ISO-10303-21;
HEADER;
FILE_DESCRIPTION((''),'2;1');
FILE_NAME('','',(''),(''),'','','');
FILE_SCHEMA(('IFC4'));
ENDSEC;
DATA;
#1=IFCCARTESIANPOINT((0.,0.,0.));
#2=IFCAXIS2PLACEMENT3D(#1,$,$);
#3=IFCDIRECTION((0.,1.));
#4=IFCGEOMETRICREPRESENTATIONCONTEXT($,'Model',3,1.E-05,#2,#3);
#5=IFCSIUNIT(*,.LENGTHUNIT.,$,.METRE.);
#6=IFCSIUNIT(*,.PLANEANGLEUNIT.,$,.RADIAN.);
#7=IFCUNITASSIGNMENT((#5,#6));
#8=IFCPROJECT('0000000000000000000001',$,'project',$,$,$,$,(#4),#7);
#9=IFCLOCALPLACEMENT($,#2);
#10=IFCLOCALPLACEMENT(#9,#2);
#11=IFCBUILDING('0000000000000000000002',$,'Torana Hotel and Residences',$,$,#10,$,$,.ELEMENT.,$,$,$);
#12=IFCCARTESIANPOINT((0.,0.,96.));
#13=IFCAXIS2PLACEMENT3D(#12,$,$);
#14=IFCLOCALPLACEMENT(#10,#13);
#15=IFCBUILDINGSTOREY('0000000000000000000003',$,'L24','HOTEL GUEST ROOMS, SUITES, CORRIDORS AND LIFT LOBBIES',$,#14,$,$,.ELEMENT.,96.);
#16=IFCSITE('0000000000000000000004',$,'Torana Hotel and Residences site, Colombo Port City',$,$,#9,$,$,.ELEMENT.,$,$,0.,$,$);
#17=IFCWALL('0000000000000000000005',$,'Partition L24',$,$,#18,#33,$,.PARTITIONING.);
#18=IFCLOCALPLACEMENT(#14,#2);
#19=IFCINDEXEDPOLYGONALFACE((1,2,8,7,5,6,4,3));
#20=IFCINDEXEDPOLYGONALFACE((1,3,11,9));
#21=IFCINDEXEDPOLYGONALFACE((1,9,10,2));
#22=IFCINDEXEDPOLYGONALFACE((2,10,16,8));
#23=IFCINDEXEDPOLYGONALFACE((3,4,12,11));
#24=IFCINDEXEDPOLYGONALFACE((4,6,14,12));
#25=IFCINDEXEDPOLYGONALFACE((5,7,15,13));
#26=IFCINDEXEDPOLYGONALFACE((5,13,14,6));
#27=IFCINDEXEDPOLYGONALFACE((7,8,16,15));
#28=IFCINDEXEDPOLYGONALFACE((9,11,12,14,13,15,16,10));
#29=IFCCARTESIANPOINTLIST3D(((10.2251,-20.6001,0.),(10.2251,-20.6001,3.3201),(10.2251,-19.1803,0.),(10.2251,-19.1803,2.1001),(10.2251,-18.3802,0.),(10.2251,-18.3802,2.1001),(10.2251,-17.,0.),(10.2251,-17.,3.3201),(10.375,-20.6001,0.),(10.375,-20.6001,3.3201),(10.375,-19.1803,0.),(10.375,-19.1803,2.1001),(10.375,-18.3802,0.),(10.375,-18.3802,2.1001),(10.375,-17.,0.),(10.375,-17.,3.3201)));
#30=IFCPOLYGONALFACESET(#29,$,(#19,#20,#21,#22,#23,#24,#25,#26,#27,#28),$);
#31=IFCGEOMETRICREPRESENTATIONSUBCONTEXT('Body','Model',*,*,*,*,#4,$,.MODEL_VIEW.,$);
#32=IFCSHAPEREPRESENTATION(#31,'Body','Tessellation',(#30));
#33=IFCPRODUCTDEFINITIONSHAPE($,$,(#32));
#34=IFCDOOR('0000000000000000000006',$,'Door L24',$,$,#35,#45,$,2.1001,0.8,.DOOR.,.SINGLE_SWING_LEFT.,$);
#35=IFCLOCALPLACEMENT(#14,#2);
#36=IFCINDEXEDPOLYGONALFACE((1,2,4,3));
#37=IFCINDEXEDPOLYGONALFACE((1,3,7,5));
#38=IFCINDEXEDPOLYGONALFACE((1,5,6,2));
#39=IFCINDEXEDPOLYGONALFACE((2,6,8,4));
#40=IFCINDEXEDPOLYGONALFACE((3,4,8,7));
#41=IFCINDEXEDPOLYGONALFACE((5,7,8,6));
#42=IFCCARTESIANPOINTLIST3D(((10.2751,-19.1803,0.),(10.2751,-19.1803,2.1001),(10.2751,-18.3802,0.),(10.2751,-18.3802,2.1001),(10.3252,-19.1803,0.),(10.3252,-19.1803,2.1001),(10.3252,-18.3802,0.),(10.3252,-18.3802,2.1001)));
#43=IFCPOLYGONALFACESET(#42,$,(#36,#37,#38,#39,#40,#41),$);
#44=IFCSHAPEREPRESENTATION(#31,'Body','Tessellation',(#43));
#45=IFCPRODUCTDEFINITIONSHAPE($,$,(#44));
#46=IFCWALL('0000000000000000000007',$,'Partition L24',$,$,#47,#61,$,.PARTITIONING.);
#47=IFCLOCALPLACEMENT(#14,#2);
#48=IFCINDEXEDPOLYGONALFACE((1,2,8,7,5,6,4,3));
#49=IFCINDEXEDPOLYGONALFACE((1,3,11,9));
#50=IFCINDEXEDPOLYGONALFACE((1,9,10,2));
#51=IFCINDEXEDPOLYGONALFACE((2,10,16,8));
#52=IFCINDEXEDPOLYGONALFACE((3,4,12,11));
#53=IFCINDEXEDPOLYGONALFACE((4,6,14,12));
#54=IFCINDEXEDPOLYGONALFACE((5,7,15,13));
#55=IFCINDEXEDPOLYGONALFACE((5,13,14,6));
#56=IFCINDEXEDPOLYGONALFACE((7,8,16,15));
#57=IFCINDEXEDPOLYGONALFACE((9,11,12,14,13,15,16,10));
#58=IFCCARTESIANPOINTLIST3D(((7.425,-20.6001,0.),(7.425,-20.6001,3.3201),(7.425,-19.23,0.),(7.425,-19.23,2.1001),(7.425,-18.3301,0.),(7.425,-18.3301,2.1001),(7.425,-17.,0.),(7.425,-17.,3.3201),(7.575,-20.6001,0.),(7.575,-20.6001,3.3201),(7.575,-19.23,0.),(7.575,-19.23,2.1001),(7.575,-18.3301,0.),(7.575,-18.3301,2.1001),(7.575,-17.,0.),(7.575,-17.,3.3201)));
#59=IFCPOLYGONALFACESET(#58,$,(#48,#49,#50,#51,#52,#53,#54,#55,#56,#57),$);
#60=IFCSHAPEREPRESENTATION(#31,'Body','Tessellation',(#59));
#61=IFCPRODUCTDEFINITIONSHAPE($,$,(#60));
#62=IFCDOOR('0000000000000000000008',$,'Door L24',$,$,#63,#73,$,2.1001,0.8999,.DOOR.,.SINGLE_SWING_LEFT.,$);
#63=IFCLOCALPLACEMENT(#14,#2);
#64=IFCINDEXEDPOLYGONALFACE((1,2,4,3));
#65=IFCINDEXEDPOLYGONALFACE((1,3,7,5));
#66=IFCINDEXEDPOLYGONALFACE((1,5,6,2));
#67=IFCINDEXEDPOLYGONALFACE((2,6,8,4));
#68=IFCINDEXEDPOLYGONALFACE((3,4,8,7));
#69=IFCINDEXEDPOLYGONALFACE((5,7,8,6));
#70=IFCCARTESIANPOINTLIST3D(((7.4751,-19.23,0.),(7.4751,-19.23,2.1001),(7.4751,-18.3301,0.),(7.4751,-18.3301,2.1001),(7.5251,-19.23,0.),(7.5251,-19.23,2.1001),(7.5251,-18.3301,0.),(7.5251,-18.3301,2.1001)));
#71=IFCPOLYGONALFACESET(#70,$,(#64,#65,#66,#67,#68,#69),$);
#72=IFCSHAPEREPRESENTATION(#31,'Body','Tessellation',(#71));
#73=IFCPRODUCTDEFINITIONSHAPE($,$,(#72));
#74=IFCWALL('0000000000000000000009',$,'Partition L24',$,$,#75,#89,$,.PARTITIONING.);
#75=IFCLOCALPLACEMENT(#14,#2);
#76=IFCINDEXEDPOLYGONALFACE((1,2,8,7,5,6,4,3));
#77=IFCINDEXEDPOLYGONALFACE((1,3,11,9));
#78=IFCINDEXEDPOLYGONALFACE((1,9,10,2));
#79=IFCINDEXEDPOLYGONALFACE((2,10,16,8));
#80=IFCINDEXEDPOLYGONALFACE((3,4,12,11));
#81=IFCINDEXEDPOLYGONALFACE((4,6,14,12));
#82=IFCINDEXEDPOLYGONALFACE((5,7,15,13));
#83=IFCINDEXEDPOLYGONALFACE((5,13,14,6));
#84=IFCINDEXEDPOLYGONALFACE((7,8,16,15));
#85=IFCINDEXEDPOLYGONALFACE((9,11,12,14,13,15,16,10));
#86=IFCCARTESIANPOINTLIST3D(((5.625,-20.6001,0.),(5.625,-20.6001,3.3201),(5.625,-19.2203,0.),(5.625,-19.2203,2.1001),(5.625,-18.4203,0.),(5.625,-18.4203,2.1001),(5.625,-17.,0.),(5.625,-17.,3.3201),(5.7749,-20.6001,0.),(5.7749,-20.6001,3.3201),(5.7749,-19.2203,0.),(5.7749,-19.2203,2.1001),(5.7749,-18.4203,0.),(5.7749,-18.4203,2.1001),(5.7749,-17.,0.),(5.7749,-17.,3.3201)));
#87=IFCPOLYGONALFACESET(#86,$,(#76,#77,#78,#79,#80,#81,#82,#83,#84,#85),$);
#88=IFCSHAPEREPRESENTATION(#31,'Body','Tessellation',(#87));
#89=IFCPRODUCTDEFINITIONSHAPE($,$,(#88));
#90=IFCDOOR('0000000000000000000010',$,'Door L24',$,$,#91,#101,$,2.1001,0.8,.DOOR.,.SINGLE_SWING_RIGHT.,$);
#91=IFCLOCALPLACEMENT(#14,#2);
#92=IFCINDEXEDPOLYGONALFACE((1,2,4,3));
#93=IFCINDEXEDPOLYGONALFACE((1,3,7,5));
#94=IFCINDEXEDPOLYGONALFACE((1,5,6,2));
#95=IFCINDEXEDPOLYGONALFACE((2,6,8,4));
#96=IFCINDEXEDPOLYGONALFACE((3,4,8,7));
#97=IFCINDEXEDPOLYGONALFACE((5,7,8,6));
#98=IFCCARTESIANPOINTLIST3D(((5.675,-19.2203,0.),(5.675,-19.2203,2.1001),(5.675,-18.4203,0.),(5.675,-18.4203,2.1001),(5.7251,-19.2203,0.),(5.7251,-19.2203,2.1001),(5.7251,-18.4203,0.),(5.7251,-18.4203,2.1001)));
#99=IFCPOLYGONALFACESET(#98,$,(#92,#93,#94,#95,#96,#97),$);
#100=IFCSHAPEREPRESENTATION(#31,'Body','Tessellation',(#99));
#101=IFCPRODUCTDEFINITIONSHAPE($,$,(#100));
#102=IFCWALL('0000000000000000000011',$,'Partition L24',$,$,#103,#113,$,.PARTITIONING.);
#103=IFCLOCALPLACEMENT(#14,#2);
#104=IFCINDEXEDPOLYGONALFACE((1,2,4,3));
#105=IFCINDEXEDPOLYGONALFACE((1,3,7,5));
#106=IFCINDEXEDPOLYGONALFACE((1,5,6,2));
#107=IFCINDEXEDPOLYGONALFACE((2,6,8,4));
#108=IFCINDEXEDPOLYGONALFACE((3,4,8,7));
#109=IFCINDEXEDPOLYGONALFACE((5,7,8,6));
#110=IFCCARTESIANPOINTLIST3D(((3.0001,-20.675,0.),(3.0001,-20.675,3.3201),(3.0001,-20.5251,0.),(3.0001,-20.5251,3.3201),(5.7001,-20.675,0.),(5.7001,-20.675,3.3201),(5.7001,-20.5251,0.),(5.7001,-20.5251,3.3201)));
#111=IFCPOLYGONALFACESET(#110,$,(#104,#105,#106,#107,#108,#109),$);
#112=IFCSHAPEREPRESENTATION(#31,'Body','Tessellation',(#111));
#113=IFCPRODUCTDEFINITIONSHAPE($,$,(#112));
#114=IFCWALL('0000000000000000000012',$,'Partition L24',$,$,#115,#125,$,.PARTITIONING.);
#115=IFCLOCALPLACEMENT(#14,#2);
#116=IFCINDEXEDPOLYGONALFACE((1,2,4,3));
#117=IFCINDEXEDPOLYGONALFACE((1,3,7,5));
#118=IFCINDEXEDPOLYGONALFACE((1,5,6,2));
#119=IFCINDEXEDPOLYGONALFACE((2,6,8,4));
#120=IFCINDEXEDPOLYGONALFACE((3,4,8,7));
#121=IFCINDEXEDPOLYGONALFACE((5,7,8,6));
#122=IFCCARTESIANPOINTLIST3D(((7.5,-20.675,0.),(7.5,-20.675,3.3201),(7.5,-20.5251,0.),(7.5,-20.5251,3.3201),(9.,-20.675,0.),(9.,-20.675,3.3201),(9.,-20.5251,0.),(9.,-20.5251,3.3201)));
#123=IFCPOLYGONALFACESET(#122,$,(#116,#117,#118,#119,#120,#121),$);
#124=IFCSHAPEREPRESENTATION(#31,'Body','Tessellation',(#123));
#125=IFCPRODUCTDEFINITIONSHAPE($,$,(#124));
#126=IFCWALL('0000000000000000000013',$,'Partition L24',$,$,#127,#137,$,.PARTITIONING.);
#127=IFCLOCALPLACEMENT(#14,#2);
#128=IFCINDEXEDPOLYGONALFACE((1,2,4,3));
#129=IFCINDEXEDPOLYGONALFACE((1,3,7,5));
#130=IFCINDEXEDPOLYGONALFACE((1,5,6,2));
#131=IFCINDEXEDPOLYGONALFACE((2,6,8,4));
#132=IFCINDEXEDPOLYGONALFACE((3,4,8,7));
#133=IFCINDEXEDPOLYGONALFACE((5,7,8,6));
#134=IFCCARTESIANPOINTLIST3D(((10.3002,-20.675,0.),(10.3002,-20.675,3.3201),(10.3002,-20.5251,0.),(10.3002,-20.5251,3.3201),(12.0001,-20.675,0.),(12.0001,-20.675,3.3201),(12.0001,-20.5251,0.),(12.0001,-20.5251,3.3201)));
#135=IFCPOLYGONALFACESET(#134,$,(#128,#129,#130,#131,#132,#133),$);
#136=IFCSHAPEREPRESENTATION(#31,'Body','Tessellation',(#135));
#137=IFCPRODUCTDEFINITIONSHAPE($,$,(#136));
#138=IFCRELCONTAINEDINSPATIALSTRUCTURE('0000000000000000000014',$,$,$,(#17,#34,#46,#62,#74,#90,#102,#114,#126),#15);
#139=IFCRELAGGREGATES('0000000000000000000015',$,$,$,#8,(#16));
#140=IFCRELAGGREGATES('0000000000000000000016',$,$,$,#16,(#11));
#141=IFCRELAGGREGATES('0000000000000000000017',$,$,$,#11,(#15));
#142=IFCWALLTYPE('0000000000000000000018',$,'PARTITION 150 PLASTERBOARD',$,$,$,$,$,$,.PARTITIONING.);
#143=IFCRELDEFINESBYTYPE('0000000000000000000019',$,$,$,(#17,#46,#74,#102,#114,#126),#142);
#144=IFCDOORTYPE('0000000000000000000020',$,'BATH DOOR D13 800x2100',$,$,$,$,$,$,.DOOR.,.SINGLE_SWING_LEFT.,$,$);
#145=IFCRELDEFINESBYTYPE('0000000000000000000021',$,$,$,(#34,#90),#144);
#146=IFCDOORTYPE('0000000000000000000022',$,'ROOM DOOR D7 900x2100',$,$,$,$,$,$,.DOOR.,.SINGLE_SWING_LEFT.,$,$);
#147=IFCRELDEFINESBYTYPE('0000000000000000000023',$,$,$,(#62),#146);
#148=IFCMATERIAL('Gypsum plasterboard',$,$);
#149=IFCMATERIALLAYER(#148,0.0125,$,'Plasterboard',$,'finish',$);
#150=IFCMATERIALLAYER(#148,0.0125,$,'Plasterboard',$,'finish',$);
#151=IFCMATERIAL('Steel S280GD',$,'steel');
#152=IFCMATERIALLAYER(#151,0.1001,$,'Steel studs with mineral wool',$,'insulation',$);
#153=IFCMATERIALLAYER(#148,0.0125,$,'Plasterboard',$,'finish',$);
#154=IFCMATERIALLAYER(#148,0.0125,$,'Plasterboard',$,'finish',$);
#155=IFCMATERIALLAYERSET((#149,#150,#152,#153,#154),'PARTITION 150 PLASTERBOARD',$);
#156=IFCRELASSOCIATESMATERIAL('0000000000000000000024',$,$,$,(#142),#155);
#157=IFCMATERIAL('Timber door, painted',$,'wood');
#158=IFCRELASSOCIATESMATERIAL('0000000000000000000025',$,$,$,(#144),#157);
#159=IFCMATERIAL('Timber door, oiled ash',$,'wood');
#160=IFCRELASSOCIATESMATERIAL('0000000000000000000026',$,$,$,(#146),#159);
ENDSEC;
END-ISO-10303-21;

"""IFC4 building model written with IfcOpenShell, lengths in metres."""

from ifc_helpers import new_model, si_unit, direction, frame, frame_2d, origin, place, context, subcontext, project, spatial, rectangle, extrude, material, layer, layer_set, type_object, element, fill, save


model = new_model("IFC4")

# Units and contexts
model_context = context("Model", 3, precision=1e-05, world=origin(), true_north=direction((0.0, 1.0)))
body_context = subcontext(model_context, "Body", "Model", "MODEL_VIEW")
ifc_project = project(units=[si_unit("LENGTHUNIT", "METRE"), si_unit("PLANEANGLEUNIT", "RADIAN")], contexts=[model_context])

# Site, building, storey
site_placement = place(None, origin())
site = spatial("IfcSite", under=ifc_project, at=site_placement, Name="Torana Hotel and Residences site, Colombo Port City", CompositionType="ELEMENT", RefElevation=0.0)
building_placement = place(site_placement, origin())
building = spatial("IfcBuilding", under=site, at=building_placement, Name="Torana Hotel and Residences", CompositionType="ELEMENT")
storey_placement = place(building_placement, frame((0.0, 0.0, 96.0)))
storey = spatial("IfcBuildingStorey", under=building, at=storey_placement, Name="L24", Description="HOTEL GUEST ROOMS, SUITES, CORRIDORS AND LIFT LOBBIES", CompositionType="ELEMENT", Elevation=96.0)

# Walls, openings, doors
ifc_material_1 = material(Name="Gypsum plasterboard")
ifc_layer_1 = layer(ifc_material_1, 0.0125, Name="Plasterboard", Category="finish")
ifc_layer_2 = layer(ifc_material_1, 0.0125, Name="Plasterboard", Category="finish")
ifc_material_2 = material(Name="Steel S280GD", Category="steel")
ifc_layer_3 = layer(ifc_material_2, 0.1001, Name="Steel studs with mineral wool", Category="insulation")
ifc_layer_4 = layer(ifc_material_1, 0.0125, Name="Plasterboard", Category="finish")
ifc_layer_5 = layer(ifc_material_1, 0.0125, Name="Plasterboard", Category="finish")
ifc_layer_set_1 = layer_set([ifc_layer_1, ifc_layer_2, ifc_layer_3, ifc_layer_4, ifc_layer_5], Name="PARTITION 150 PLASTERBOARD")
wall_type_1 = type_object("IfcWallType", Name="PARTITION 150 PLASTERBOARD", PredefinedType="PARTITIONING", material=ifc_layer_set_1)
wall_1_placement = place(storey_placement, frame((10.3, -20.6001, 0.0), z_axis=(0.0, 0.0, 1.0), x_axis=(0.0, 1.0, 0.0)))
wall_1 = element("IfcWall", 1, at=wall_1_placement, inside=storey, type_object=wall_type_1, Name="Partition L24", PredefinedType="PARTITIONING", context=body_context, shape_type="SweptSolid", body=[
    extrude(rectangle(XDim=3.6001, YDim=0.1499, at=frame_2d((1.8, 0.0))), origin(), (0.0, 0.0, 1.0), 3.3201),
])
opening_1_placement = place(wall_1_placement, frame((1.4199, 0.0, 0.0)))
opening_1 = element("IfcOpeningElement", 2, at=opening_1_placement, cuts=wall_1, PredefinedType="OPENING", context=body_context, shape_type="SweptSolid", body=[
    extrude(rectangle(XDim=0.8, YDim=2.1001, at=frame_2d((0.3999, 1.05))), frame((0.0, 0.085, 0.0), z_axis=(0.0, -1.0, 0.0), x_axis=(1.0, 0.0, 0.0)), (0.0, 0.0, 1.0), 0.1699),
])
ifc_material_3 = material(Name="Timber door, painted", Category="wood")
door_type_1 = type_object("IfcDoorType", Name="BATH DOOR D13 800x2100", OperationType="SINGLE_SWING_LEFT", PredefinedType="DOOR", material=ifc_material_3)
door_1_placement = place(opening_1_placement, origin())
door_1 = element("IfcDoor", 3, at=door_1_placement, inside=storey, type_object=door_type_1, Name="Door L24", OperationType="SINGLE_SWING_LEFT", OverallHeight=2.1001, OverallWidth=0.8, PredefinedType="DOOR", context=body_context, shape_type="SweptSolid", body=[
    extrude(rectangle(XDim=0.8, YDim=2.1001, at=frame_2d((0.3999, 1.05))), frame((0.0, 0.0249, 0.0), z_axis=(0.0, -1.0, 0.0), x_axis=(1.0, 0.0, 0.0)), (0.0, 0.0, 1.0), 0.05),
])
fill(opening_1, door_1)
wall_2_placement = place(storey_placement, frame((7.5, -20.6001, 0.0), z_axis=(0.0, 0.0, 1.0), x_axis=(0.0, 1.0, 0.0)))
wall_2 = element("IfcWall", 4, at=wall_2_placement, inside=storey, type_object=wall_type_1, Name="Partition L24", PredefinedType="PARTITIONING", context=body_context, shape_type="SweptSolid", body=[
    extrude(rectangle(XDim=3.6001, YDim=0.1499, at=frame_2d((1.8, 0.0))), origin(), (0.0, 0.0, 1.0), 3.3201),
])
opening_2_placement = place(wall_2_placement, frame((1.3701, 0.0, 0.0)))
opening_2 = element("IfcOpeningElement", 5, at=opening_2_placement, cuts=wall_2, PredefinedType="OPENING", context=body_context, shape_type="SweptSolid", body=[
    extrude(rectangle(XDim=0.8999, YDim=2.1001, at=frame_2d((0.45, 1.05))), frame((0.0, 0.085, 0.0), z_axis=(0.0, -1.0, 0.0), x_axis=(1.0, 0.0, 0.0)), (0.0, 0.0, 1.0), 0.1699),
])
ifc_material_4 = material(Name="Timber door, oiled ash", Category="wood")
door_type_2 = type_object("IfcDoorType", Name="ROOM DOOR D7 900x2100", OperationType="SINGLE_SWING_LEFT", PredefinedType="DOOR", material=ifc_material_4)
door_2_placement = place(opening_2_placement, origin())
door_2 = element("IfcDoor", 6, at=door_2_placement, inside=storey, type_object=door_type_2, Name="Door L24", OperationType="SINGLE_SWING_LEFT", OverallHeight=2.1001, OverallWidth=0.8999, PredefinedType="DOOR", context=body_context, shape_type="SweptSolid", body=[
    extrude(rectangle(XDim=0.8999, YDim=2.1001, at=frame_2d((0.45, 1.05))), frame((0.0, 0.0249, 0.0), z_axis=(0.0, -1.0, 0.0), x_axis=(1.0, 0.0, 0.0)), (0.0, 0.0, 1.0), 0.05),
])
fill(opening_2, door_2)
wall_3_placement = place(storey_placement, frame((5.7, -20.6001, 0.0), z_axis=(0.0, 0.0, 1.0), x_axis=(0.0, 1.0, 0.0)))
wall_3 = element("IfcWall", 7, at=wall_3_placement, inside=storey, type_object=wall_type_1, Name="Partition L24", PredefinedType="PARTITIONING", context=body_context, shape_type="SweptSolid", body=[
    extrude(rectangle(XDim=3.6001, YDim=0.1499, at=frame_2d((1.8, 0.0))), origin(), (0.0, 0.0, 1.0), 3.3201),
])
opening_3_placement = place(wall_3_placement, frame((1.3799, 0.0, 0.0)))
opening_3 = element("IfcOpeningElement", 8, at=opening_3_placement, cuts=wall_3, PredefinedType="OPENING", context=body_context, shape_type="SweptSolid", body=[
    extrude(rectangle(XDim=0.8, YDim=2.1001, at=frame_2d((0.3999, 1.05))), frame((0.0, 0.085, 0.0), z_axis=(0.0, -1.0, 0.0), x_axis=(1.0, 0.0, 0.0)), (0.0, 0.0, 1.0), 0.1699),
])
door_3_placement = place(opening_3_placement, origin())
door_3 = element("IfcDoor", 9, at=door_3_placement, inside=storey, type_object=door_type_1, Name="Door L24", OperationType="SINGLE_SWING_RIGHT", OverallHeight=2.1001, OverallWidth=0.8, PredefinedType="DOOR", context=body_context, shape_type="SweptSolid", body=[
    extrude(rectangle(XDim=0.8, YDim=2.1001, at=frame_2d((0.3999, 1.05))), frame((0.0, 0.0249, 0.0), z_axis=(0.0, -1.0, 0.0), x_axis=(1.0, 0.0, 0.0)), (0.0, 0.0, 1.0), 0.05),
])
fill(opening_3, door_3)

# Walls
wall_4_placement = place(storey_placement, frame((3.0, -20.6001, 0.0), z_axis=(0.0, 0.0, 1.0), x_axis=(1.0, 0.0, 0.0)))
element("IfcWall", 10, at=wall_4_placement, inside=storey, type_object=wall_type_1, Name="Partition L24", PredefinedType="PARTITIONING", context=body_context, shape_type="SweptSolid", body=[
    extrude(rectangle(XDim=2.7, YDim=0.1499, at=frame_2d((1.3501, 0.0))), origin(), (0.0, 0.0, 1.0), 3.3201),
])
wall_5_placement = place(storey_placement, frame((7.5, -20.6001, 0.0), z_axis=(0.0, 0.0, 1.0), x_axis=(1.0, 0.0, 0.0)))
element("IfcWall", 11, at=wall_5_placement, inside=storey, type_object=wall_type_1, Name="Partition L24", PredefinedType="PARTITIONING", context=body_context, shape_type="SweptSolid", body=[
    extrude(rectangle(XDim=1.5, YDim=0.1499, at=frame_2d((0.75, 0.0))), origin(), (0.0, 0.0, 1.0), 3.3201),
])
wall_6_placement = place(storey_placement, frame((10.3, -20.6001, 0.0), z_axis=(0.0, 0.0, 1.0), x_axis=(1.0, 0.0, 0.0)))
element("IfcWall", 12, at=wall_6_placement, inside=storey, type_object=wall_type_1, Name="Partition L24", PredefinedType="PARTITIONING", context=body_context, shape_type="SweptSolid", body=[
    extrude(rectangle(XDim=1.7, YDim=0.1499, at=frame_2d((0.8501, 0.0))), origin(), (0.0, 0.0, 1.0), 3.3201),
])

save(model, "model.ifc")
